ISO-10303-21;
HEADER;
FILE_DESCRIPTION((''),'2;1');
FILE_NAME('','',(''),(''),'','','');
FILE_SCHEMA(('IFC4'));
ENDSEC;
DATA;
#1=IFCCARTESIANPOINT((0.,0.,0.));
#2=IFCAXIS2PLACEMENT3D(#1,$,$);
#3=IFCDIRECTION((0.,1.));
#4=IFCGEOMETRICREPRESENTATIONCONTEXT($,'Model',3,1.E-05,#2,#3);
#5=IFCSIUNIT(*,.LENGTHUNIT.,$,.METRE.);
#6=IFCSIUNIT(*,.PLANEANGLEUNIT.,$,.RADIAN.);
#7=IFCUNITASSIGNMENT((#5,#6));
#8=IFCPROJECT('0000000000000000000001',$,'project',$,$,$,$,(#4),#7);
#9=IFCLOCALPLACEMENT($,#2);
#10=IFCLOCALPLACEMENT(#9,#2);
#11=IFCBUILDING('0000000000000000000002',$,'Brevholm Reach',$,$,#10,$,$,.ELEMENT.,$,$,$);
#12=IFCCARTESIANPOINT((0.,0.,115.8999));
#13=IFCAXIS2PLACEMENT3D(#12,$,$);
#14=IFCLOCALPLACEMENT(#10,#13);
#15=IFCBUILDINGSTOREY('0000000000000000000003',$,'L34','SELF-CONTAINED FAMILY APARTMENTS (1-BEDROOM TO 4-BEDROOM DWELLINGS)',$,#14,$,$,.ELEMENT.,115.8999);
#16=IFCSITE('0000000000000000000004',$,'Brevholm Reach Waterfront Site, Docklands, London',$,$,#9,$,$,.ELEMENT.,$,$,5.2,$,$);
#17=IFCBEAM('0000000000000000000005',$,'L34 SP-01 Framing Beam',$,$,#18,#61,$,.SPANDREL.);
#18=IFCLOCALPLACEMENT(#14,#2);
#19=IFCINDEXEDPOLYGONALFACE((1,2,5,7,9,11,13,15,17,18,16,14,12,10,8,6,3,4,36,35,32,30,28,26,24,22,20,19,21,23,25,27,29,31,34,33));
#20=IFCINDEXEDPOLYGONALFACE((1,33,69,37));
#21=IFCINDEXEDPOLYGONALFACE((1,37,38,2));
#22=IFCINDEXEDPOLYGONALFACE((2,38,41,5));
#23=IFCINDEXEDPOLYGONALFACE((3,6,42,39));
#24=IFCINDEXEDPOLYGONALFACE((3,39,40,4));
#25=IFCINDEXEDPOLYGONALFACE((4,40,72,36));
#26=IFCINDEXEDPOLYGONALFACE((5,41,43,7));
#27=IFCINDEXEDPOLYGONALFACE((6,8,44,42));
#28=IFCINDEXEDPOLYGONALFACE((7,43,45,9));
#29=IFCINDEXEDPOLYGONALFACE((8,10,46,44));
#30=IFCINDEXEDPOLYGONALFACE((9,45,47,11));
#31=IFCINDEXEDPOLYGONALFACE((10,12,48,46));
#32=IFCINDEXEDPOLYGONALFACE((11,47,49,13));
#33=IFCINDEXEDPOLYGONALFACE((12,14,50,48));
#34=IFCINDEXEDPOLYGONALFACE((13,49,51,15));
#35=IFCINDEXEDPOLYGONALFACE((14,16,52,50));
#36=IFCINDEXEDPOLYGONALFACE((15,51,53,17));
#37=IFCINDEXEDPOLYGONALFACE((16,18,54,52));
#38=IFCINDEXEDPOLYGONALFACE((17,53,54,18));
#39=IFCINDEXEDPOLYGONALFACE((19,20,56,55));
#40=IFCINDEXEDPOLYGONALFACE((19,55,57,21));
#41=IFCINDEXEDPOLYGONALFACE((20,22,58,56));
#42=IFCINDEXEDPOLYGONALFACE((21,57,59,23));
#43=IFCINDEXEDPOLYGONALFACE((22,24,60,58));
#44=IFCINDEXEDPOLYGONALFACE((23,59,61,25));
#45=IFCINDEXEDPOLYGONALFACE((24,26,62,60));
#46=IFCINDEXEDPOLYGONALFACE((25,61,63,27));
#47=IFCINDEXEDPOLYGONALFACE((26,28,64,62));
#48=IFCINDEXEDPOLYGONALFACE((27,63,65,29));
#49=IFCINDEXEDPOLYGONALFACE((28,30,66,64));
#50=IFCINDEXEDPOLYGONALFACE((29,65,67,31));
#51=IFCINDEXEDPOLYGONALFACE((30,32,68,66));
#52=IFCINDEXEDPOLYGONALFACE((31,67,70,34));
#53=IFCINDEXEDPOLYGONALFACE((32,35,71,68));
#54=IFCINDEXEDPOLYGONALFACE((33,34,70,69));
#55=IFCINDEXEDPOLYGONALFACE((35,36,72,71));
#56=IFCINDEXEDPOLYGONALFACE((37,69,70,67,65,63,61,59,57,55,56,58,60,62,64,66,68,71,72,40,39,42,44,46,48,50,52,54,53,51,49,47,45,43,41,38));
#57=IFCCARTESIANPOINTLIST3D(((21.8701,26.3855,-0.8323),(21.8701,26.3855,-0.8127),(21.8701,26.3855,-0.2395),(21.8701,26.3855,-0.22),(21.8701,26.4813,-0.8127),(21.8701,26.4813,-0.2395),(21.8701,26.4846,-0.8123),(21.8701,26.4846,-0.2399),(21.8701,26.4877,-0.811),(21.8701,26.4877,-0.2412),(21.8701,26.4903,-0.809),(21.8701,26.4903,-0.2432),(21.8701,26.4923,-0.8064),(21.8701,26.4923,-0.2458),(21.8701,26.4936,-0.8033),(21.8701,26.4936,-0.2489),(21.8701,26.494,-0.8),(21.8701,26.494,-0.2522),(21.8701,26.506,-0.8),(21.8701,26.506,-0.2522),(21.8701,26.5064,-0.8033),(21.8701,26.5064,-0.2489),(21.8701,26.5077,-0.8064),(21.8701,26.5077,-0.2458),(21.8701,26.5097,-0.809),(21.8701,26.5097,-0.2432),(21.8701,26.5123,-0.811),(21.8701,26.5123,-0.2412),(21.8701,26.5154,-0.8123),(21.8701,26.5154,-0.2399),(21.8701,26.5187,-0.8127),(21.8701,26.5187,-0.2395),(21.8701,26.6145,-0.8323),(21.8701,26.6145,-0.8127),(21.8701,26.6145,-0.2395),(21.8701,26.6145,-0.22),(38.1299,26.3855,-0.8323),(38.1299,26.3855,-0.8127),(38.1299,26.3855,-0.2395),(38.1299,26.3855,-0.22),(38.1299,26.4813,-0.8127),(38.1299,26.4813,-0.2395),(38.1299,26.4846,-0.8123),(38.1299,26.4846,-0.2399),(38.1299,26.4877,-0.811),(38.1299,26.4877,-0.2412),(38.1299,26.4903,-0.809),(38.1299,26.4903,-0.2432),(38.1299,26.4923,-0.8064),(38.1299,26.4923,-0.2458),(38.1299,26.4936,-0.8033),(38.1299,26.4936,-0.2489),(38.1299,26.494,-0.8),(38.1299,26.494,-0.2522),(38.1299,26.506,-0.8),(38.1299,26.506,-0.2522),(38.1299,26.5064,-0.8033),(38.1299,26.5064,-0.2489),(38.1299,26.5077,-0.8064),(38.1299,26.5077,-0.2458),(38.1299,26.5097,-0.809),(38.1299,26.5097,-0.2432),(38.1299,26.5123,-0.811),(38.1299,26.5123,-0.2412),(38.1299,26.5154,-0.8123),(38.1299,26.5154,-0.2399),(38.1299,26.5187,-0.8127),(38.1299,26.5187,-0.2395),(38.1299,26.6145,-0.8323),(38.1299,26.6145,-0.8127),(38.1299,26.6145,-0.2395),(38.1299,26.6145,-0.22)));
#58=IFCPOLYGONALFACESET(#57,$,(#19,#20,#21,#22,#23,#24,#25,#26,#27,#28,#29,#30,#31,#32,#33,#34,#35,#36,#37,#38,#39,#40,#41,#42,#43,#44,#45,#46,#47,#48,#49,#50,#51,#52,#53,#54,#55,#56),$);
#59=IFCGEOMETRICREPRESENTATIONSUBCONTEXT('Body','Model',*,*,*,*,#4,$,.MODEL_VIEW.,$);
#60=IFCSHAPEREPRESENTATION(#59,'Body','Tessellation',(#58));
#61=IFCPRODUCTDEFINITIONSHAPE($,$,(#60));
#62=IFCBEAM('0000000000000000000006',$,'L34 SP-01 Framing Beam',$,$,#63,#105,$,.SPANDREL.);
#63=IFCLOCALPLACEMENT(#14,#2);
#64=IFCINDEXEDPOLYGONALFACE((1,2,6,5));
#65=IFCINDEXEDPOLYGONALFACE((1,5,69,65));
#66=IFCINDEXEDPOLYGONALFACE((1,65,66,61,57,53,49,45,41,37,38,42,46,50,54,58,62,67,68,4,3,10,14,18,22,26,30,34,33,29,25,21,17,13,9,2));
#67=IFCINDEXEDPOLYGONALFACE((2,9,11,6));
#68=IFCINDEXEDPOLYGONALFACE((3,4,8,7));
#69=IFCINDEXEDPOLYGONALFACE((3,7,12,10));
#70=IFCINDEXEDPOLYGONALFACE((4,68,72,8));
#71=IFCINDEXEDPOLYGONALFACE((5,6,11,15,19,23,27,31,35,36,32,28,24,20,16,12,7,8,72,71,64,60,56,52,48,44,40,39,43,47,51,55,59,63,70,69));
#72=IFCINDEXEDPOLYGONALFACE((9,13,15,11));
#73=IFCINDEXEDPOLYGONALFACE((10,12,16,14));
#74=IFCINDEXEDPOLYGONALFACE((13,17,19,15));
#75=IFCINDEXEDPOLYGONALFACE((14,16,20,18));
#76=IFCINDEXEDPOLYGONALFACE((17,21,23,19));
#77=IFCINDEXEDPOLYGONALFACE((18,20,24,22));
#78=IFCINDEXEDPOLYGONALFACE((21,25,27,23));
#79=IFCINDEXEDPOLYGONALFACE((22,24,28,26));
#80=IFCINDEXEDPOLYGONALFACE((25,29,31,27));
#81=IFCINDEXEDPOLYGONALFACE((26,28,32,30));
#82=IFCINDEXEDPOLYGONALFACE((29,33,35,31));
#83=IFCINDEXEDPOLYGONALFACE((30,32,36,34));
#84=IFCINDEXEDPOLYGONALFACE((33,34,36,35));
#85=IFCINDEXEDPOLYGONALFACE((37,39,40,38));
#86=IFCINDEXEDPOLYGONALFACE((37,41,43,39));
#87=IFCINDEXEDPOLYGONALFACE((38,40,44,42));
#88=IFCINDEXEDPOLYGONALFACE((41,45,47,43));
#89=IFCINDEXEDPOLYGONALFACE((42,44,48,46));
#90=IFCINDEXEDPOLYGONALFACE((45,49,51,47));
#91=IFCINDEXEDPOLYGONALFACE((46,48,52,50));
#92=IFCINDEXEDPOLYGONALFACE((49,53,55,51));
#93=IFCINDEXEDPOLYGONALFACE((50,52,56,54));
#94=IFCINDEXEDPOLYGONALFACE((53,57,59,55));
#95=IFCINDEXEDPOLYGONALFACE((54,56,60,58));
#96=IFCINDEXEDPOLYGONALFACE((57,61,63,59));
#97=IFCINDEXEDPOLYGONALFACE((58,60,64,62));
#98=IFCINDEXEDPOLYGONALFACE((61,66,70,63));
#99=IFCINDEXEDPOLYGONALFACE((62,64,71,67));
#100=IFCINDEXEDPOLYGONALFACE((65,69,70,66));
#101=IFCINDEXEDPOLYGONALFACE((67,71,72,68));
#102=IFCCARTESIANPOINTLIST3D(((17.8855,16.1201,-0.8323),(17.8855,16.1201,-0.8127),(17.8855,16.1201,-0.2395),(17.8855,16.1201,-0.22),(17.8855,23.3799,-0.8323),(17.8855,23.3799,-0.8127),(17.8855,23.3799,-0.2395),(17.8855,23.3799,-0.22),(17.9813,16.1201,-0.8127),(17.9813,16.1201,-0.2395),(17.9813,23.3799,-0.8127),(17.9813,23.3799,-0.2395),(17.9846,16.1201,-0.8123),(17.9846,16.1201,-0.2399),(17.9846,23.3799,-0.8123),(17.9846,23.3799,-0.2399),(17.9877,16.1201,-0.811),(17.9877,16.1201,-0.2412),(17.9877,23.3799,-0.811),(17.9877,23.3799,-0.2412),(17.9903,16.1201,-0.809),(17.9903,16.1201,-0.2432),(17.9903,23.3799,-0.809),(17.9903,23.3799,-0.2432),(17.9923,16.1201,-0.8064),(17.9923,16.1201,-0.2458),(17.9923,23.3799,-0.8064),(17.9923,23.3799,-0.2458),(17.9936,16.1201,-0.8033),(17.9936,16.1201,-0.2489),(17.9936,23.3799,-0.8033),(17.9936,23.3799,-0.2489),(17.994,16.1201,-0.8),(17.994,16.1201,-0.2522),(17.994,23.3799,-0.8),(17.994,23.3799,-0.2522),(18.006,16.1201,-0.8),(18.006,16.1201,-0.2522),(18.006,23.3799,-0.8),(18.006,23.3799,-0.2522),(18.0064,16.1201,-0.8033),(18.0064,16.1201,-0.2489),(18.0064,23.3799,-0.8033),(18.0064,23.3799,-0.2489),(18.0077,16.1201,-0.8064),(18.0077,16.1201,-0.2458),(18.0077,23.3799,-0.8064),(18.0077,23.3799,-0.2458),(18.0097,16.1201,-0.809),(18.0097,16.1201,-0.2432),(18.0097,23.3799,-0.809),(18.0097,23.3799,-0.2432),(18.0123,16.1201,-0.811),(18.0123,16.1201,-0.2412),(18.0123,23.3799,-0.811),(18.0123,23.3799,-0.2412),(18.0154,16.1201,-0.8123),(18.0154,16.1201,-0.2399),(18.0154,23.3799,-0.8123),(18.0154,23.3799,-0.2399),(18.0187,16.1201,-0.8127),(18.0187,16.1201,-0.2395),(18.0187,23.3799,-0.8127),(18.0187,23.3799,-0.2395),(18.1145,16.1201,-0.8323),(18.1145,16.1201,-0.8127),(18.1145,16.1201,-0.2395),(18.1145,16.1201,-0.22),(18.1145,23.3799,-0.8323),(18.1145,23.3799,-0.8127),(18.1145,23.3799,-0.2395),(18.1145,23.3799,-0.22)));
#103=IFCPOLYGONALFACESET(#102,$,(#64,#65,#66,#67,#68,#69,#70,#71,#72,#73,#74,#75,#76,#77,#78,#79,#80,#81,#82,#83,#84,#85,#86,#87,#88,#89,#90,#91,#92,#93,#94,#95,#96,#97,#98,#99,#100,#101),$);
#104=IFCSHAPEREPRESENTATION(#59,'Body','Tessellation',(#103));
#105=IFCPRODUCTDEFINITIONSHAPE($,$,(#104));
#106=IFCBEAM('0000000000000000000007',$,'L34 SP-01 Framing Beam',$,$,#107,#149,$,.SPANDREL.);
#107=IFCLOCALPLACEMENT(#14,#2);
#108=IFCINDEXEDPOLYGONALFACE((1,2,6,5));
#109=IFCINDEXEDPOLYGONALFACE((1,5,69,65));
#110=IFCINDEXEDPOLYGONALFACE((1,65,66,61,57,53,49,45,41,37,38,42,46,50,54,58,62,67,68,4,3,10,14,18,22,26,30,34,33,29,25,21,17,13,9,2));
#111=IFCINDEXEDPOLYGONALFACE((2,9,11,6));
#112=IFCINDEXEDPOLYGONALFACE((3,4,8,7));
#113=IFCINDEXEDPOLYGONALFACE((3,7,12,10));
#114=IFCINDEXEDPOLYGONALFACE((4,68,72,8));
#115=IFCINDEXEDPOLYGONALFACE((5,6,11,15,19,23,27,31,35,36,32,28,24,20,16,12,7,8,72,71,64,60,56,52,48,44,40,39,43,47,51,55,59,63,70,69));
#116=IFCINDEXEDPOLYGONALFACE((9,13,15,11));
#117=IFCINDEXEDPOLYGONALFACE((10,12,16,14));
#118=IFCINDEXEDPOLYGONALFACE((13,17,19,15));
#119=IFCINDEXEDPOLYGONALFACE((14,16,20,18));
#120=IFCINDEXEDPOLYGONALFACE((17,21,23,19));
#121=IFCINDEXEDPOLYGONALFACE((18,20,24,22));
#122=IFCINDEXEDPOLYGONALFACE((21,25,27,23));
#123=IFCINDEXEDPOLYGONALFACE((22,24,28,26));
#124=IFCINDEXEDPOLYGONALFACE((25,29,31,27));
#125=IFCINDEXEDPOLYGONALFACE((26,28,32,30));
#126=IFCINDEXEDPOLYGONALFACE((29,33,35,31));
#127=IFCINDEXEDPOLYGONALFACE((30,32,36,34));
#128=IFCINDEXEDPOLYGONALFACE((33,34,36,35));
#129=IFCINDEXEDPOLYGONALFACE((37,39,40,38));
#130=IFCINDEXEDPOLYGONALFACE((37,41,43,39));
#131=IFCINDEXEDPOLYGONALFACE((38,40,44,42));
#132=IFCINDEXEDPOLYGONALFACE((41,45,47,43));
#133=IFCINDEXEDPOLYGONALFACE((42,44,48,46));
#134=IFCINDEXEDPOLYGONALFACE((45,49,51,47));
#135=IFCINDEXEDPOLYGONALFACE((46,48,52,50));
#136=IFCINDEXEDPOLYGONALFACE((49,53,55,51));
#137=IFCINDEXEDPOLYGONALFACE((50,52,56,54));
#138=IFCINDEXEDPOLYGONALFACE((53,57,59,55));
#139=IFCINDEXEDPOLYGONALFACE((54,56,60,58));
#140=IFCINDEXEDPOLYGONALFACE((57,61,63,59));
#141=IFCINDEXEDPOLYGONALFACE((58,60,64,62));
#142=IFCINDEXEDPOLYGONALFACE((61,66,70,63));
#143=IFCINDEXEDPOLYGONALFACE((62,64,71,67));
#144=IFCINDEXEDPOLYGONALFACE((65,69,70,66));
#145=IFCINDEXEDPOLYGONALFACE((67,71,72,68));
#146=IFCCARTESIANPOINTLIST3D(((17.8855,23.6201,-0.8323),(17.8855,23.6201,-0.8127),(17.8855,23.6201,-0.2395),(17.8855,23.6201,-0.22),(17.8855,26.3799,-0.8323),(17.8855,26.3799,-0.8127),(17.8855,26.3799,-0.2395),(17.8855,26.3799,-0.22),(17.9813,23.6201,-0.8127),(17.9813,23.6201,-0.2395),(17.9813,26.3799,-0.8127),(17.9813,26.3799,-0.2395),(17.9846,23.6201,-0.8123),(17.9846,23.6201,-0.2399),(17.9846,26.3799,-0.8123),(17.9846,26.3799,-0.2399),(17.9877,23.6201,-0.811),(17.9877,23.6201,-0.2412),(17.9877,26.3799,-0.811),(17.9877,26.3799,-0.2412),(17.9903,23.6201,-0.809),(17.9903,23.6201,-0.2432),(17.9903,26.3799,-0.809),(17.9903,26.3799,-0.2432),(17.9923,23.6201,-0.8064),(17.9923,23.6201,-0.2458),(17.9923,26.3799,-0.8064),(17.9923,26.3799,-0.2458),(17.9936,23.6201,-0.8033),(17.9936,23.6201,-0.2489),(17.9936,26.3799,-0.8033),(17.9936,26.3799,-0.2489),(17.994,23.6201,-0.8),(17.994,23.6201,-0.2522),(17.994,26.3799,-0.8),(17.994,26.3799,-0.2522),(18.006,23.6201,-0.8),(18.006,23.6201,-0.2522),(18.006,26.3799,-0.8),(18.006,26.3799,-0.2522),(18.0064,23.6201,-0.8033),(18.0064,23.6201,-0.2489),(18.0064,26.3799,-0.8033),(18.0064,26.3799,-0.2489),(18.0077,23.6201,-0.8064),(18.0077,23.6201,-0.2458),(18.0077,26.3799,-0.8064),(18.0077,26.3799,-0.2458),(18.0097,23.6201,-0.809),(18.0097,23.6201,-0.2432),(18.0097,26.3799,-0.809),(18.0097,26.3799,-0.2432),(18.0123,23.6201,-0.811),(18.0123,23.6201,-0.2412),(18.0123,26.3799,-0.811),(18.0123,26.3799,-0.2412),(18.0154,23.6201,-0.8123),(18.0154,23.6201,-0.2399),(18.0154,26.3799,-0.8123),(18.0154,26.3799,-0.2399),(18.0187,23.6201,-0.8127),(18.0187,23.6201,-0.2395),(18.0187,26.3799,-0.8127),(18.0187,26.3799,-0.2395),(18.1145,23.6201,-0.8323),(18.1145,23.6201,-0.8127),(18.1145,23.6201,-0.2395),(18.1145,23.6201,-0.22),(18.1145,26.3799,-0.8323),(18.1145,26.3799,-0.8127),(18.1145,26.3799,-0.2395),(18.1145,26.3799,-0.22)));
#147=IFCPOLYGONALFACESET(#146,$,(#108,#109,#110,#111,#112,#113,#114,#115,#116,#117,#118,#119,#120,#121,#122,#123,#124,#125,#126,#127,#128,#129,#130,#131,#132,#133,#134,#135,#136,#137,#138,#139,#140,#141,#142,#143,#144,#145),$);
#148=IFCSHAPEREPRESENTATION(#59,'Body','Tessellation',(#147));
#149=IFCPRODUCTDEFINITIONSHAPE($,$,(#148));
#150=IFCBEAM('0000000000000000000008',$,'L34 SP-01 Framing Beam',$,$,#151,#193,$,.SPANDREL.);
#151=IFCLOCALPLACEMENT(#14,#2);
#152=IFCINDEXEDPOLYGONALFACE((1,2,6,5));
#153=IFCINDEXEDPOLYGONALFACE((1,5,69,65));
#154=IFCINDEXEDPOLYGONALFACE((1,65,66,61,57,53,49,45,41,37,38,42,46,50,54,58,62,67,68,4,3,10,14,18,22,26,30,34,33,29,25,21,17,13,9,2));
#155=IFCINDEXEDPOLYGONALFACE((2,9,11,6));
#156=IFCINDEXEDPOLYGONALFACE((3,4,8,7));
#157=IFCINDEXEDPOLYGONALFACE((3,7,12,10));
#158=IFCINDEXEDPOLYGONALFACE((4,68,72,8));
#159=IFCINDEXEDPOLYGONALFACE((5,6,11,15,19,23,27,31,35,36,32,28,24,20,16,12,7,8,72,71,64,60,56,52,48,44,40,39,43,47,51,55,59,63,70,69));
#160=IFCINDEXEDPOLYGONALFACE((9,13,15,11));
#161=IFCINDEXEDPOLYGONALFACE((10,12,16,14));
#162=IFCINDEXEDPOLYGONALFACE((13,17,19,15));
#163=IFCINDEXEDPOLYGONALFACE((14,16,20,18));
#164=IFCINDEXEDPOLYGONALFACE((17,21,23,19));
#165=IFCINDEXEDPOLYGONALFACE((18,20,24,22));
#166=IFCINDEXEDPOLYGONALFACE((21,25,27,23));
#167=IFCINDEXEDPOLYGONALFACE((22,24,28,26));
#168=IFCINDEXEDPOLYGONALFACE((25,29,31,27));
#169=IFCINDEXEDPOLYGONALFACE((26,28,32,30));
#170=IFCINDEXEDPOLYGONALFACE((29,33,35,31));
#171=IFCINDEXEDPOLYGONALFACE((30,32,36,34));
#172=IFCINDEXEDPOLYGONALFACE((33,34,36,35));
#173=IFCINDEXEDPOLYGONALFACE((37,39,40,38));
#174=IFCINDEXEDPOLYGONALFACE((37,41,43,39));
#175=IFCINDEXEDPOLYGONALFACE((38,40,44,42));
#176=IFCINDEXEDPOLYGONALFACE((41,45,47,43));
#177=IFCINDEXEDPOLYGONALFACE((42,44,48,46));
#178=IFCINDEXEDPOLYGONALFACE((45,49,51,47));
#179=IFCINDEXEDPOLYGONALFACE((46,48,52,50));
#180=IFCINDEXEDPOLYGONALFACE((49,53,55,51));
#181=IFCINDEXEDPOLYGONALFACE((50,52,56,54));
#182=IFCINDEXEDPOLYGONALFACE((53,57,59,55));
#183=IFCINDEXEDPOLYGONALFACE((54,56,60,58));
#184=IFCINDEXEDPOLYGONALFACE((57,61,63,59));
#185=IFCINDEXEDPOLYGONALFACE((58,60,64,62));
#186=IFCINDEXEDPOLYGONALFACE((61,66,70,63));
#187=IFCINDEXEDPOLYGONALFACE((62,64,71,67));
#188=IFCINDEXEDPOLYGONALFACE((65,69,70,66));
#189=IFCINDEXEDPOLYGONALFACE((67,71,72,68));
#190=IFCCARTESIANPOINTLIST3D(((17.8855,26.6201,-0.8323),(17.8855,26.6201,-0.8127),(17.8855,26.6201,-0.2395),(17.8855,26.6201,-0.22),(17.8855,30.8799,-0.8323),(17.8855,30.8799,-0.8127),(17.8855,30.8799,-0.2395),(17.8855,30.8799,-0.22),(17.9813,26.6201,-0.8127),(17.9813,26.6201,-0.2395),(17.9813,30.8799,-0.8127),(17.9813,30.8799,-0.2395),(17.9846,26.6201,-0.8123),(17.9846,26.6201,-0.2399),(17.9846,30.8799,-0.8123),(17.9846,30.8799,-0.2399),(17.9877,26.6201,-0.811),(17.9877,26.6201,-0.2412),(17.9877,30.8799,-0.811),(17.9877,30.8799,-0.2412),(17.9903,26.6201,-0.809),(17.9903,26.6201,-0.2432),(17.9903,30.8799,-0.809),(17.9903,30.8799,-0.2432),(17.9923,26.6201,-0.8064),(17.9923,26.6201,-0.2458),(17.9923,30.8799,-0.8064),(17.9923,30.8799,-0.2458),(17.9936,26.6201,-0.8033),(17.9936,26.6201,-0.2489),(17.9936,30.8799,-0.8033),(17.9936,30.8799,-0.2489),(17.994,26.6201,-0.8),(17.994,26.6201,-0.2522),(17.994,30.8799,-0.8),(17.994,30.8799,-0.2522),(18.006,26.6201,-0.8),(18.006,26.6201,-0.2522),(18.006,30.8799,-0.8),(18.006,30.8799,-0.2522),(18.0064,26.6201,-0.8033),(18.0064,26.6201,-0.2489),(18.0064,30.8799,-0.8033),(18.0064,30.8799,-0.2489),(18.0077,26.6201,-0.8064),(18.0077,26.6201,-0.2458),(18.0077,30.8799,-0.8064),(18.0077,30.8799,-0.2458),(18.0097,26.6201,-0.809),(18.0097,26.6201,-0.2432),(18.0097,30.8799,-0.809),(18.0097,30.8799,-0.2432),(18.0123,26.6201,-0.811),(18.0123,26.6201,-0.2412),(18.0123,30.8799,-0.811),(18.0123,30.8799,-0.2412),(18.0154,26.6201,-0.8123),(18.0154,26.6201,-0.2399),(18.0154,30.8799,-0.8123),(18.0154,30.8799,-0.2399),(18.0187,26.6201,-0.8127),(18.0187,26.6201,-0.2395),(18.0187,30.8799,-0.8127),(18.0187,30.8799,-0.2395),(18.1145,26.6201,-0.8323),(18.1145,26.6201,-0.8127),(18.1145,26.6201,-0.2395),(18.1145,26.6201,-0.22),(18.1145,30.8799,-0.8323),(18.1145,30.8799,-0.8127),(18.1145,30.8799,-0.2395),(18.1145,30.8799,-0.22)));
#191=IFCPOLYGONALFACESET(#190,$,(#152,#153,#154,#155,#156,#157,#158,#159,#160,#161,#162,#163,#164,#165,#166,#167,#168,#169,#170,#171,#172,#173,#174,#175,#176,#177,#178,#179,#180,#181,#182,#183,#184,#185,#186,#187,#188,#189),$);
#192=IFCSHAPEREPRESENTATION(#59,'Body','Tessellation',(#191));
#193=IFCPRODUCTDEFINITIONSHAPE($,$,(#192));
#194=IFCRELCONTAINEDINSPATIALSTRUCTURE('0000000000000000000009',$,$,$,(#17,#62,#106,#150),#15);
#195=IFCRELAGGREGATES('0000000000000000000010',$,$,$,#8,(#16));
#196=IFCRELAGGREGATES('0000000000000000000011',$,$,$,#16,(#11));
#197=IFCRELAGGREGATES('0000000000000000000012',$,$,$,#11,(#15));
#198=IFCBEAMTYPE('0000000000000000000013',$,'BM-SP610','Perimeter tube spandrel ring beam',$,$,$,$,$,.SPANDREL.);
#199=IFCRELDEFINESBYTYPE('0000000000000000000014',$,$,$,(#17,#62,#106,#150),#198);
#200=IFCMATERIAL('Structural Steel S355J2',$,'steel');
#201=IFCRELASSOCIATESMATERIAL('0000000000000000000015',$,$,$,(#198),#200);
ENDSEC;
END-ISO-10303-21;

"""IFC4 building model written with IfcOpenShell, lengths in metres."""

from ifc_helpers import new_model, si_unit, direction, frame, origin, origin_2d, place, context, subcontext, project, spatial, i_section, extrude, material, material_profile, profile_set, type_object, element, save


model = new_model("IFC4")

# Units and contexts
model_context = context("Model", 3, precision=1e-05, world=origin(), true_north=direction((0.0, 1.0)))
body_context = subcontext(model_context, "Body", "Model", "MODEL_VIEW")
ifc_project = project(units=[si_unit("LENGTHUNIT", "METRE"), si_unit("PLANEANGLEUNIT", "RADIAN")], contexts=[model_context])

# Site, building, storey
site_placement = place(None, origin())
site = spatial("IfcSite", under=ifc_project, at=site_placement, Name="Brevholm Reach Waterfront Site, Docklands, London", CompositionType="ELEMENT", RefElevation=5.2)
building_placement = place(site_placement, origin())
building = spatial("IfcBuilding", under=site, at=building_placement, Name="Brevholm Reach", CompositionType="ELEMENT")
storey_placement = place(building_placement, frame((0.0, 0.0, 115.8999)))
storey = spatial("IfcBuildingStorey", under=building, at=storey_placement, Name="L34", Description="SELF-CONTAINED FAMILY APARTMENTS (1-BEDROOM TO 4-BEDROOM DWELLINGS)", CompositionType="ELEMENT", Elevation=115.8999)

# Beams
ifc_material_1 = material(Name="Structural Steel S355J2", Category="steel")
ifc_material_profile_1 = material_profile(ifc_material_1, i_section(OverallWidth=0.229, OverallDepth=0.6123, WebThickness=0.012, FlangeThickness=0.0195, FilletRadius=0.0127, at=origin_2d()), Name="UKB 610x229x125")
ifc_profile_set_1 = profile_set([ifc_material_profile_1], Name="Structural Steel S355J2")
beam_type_1 = type_object("IfcBeamType", Name="BM-SP610", Description="Perimeter tube spandrel ring beam", PredefinedType="SPANDREL", material=ifc_profile_set_1)
beam_1_placement = place(storey_placement, frame((21.8701, 26.5, -0.5261), z_axis=(1.0, 0.0, 0.0), x_axis=(0.0, 1.0, 0.0)))
element("IfcBeam", 1, at=beam_1_placement, inside=storey, type_object=beam_type_1, Name="L34 SP-01 Framing Beam", PredefinedType="SPANDREL", context=body_context, shape_type="SweptSolid", body=[
    extrude(i_section(OverallWidth=0.229, OverallDepth=0.6123, WebThickness=0.012, FlangeThickness=0.0195, FilletRadius=0.0127, at=origin_2d()), origin(), (0.0, 0.0, 1.0), 16.2598),
])
beam_2_placement = place(storey_placement, frame((18.0, 16.1201, -0.5261), z_axis=(0.0, 1.0, 0.0), x_axis=(-1.0, 0.0, 0.0)))
element("IfcBeam", 2, at=beam_2_placement, inside=storey, type_object=beam_type_1, Name="L34 SP-01 Framing Beam", PredefinedType="SPANDREL", context=body_context, shape_type="SweptSolid", body=[
    extrude(i_section(OverallWidth=0.229, OverallDepth=0.6123, WebThickness=0.012, FlangeThickness=0.0195, FilletRadius=0.0127, at=origin_2d()), origin(), (0.0, 0.0, 1.0), 7.2598),
])
beam_3_placement = place(storey_placement, frame((18.0, 23.6201, -0.5261), z_axis=(0.0, 1.0, 0.0), x_axis=(-1.0, 0.0, 0.0)))
element("IfcBeam", 3, at=beam_3_placement, inside=storey, type_object=beam_type_1, Name="L34 SP-01 Framing Beam", PredefinedType="SPANDREL", context=body_context, shape_type="SweptSolid", body=[
    extrude(i_section(OverallWidth=0.229, OverallDepth=0.6123, WebThickness=0.012, FlangeThickness=0.0195, FilletRadius=0.0127, at=origin_2d()), origin(), (0.0, 0.0, 1.0), 2.7598),
])
beam_4_placement = place(storey_placement, frame((18.0, 26.6201, -0.5261), z_axis=(0.0, 1.0, 0.0), x_axis=(-1.0, 0.0, 0.0)))
element("IfcBeam", 4, at=beam_4_placement, inside=storey, type_object=beam_type_1, Name="L34 SP-01 Framing Beam", PredefinedType="SPANDREL", context=body_context, shape_type="SweptSolid", body=[
    extrude(i_section(OverallWidth=0.229, OverallDepth=0.6123, WebThickness=0.012, FlangeThickness=0.0195, FilletRadius=0.0127, at=origin_2d()), origin(), (0.0, 0.0, 1.0), 4.2598),
])

save(model, "model.ifc")
